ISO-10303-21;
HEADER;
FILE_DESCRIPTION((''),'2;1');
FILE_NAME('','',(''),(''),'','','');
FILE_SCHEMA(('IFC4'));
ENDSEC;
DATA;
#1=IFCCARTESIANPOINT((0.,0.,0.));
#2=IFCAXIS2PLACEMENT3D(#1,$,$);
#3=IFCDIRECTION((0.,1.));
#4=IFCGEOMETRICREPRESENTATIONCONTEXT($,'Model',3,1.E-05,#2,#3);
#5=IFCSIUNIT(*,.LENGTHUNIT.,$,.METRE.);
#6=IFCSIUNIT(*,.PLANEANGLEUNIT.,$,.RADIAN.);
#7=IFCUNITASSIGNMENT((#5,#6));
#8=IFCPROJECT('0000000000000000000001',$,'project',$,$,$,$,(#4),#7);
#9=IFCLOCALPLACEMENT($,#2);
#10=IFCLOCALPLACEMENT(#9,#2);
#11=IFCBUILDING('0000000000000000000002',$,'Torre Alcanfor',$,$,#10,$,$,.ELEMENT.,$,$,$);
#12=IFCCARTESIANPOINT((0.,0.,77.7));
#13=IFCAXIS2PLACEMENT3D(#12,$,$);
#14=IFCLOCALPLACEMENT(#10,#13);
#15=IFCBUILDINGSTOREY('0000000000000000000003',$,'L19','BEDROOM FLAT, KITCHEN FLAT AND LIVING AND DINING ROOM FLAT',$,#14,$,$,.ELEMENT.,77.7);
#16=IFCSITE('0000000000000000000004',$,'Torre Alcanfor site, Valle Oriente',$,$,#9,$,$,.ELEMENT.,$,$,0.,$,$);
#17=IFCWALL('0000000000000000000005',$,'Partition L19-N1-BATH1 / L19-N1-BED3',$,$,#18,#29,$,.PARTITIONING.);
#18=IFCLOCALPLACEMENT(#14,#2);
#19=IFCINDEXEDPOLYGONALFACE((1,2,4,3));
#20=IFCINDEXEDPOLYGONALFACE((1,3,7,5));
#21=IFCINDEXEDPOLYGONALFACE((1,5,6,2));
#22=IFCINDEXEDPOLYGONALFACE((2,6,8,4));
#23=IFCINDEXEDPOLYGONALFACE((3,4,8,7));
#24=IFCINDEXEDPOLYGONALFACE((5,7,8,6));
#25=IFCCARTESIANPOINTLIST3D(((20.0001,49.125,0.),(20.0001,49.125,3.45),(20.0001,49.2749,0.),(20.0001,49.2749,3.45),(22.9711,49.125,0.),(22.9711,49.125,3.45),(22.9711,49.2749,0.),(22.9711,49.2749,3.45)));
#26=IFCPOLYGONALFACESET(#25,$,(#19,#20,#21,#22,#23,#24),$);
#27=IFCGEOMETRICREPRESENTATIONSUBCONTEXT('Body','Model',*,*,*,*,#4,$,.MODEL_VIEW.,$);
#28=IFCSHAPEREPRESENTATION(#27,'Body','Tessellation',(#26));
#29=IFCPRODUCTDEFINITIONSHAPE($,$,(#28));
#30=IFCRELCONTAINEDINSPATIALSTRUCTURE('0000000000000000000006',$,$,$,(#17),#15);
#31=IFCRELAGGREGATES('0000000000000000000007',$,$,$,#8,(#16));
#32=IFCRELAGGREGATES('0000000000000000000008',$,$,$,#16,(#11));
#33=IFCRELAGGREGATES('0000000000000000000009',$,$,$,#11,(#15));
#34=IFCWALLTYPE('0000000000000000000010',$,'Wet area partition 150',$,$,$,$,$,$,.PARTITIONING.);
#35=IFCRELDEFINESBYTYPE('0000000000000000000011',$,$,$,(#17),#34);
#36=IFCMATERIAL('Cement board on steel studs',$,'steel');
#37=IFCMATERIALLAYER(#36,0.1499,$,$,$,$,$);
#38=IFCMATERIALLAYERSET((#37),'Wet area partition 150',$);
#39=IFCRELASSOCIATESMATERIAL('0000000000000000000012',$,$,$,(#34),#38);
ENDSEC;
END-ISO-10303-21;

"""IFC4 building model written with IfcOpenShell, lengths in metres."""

from ifc_helpers import new_model, si_unit, direction, frame, frame_2d, origin, place, context, subcontext, project, spatial, rectangle, extrude, material, layer, layer_set, type_object, element, save


model = new_model("IFC4")

# Units and contexts
model_context = context("Model", 3, precision=1e-05, world=origin(), true_north=direction((0.0, 1.0)))
body_context = subcontext(model_context, "Body", "Model", "MODEL_VIEW")
ifc_project = project(units=[si_unit("LENGTHUNIT", "METRE"), si_unit("PLANEANGLEUNIT", "RADIAN")], contexts=[model_context])

# Site, building, storey
site_placement = place(None, origin())
site = spatial("IfcSite", under=ifc_project, at=site_placement, Name="Torre Alcanfor site, Valle Oriente", CompositionType="ELEMENT", RefElevation=0.0)
building_placement = place(site_placement, origin())
building = spatial("IfcBuilding", under=site, at=building_placement, Name="Torre Alcanfor", CompositionType="ELEMENT")
storey_placement = place(building_placement, frame((0.0, 0.0, 77.7)))
storey = spatial("IfcBuildingStorey", under=building, at=storey_placement, Name="L19", Description="BEDROOM FLAT, KITCHEN FLAT AND LIVING AND DINING ROOM FLAT", CompositionType="ELEMENT", Elevation=77.7)

# Shared definitions
ifc_material_1 = material(Name="Cement board on steel studs", Category="steel")
ifc_layer_1 = layer(ifc_material_1, 0.1499)
ifc_layer_set_1 = layer_set([ifc_layer_1], Name="Wet area partition 150")
wall_type_1 = type_object("IfcWallType", Name="Wet area partition 150", PredefinedType="PARTITIONING", material=ifc_layer_set_1)

# Wall
for number, where, z_axis, x_axis, name in (
    (1, (22.9709, 49.2, 0.0), (0.0, 0.0, 1.0), (-1.0, 0.0, 0.0), "Partition L19-N1-BATH1 / L19-N1-BED3"),
):
    element("IfcWall", number, at=place(storey_placement, frame(where, z_axis=z_axis, x_axis=x_axis)), inside=storey, type_object=wall_type_1, Name=name, PredefinedType="PARTITIONING", context=body_context, shape_type="SweptSolid", body=[
        extrude(rectangle(XDim=2.9709, YDim=0.1499, at=frame_2d((1.4854, 0.0))), origin(), (0.0, 0.0, 1.0), 3.45),
    ])

save(model, "model.ifc")
